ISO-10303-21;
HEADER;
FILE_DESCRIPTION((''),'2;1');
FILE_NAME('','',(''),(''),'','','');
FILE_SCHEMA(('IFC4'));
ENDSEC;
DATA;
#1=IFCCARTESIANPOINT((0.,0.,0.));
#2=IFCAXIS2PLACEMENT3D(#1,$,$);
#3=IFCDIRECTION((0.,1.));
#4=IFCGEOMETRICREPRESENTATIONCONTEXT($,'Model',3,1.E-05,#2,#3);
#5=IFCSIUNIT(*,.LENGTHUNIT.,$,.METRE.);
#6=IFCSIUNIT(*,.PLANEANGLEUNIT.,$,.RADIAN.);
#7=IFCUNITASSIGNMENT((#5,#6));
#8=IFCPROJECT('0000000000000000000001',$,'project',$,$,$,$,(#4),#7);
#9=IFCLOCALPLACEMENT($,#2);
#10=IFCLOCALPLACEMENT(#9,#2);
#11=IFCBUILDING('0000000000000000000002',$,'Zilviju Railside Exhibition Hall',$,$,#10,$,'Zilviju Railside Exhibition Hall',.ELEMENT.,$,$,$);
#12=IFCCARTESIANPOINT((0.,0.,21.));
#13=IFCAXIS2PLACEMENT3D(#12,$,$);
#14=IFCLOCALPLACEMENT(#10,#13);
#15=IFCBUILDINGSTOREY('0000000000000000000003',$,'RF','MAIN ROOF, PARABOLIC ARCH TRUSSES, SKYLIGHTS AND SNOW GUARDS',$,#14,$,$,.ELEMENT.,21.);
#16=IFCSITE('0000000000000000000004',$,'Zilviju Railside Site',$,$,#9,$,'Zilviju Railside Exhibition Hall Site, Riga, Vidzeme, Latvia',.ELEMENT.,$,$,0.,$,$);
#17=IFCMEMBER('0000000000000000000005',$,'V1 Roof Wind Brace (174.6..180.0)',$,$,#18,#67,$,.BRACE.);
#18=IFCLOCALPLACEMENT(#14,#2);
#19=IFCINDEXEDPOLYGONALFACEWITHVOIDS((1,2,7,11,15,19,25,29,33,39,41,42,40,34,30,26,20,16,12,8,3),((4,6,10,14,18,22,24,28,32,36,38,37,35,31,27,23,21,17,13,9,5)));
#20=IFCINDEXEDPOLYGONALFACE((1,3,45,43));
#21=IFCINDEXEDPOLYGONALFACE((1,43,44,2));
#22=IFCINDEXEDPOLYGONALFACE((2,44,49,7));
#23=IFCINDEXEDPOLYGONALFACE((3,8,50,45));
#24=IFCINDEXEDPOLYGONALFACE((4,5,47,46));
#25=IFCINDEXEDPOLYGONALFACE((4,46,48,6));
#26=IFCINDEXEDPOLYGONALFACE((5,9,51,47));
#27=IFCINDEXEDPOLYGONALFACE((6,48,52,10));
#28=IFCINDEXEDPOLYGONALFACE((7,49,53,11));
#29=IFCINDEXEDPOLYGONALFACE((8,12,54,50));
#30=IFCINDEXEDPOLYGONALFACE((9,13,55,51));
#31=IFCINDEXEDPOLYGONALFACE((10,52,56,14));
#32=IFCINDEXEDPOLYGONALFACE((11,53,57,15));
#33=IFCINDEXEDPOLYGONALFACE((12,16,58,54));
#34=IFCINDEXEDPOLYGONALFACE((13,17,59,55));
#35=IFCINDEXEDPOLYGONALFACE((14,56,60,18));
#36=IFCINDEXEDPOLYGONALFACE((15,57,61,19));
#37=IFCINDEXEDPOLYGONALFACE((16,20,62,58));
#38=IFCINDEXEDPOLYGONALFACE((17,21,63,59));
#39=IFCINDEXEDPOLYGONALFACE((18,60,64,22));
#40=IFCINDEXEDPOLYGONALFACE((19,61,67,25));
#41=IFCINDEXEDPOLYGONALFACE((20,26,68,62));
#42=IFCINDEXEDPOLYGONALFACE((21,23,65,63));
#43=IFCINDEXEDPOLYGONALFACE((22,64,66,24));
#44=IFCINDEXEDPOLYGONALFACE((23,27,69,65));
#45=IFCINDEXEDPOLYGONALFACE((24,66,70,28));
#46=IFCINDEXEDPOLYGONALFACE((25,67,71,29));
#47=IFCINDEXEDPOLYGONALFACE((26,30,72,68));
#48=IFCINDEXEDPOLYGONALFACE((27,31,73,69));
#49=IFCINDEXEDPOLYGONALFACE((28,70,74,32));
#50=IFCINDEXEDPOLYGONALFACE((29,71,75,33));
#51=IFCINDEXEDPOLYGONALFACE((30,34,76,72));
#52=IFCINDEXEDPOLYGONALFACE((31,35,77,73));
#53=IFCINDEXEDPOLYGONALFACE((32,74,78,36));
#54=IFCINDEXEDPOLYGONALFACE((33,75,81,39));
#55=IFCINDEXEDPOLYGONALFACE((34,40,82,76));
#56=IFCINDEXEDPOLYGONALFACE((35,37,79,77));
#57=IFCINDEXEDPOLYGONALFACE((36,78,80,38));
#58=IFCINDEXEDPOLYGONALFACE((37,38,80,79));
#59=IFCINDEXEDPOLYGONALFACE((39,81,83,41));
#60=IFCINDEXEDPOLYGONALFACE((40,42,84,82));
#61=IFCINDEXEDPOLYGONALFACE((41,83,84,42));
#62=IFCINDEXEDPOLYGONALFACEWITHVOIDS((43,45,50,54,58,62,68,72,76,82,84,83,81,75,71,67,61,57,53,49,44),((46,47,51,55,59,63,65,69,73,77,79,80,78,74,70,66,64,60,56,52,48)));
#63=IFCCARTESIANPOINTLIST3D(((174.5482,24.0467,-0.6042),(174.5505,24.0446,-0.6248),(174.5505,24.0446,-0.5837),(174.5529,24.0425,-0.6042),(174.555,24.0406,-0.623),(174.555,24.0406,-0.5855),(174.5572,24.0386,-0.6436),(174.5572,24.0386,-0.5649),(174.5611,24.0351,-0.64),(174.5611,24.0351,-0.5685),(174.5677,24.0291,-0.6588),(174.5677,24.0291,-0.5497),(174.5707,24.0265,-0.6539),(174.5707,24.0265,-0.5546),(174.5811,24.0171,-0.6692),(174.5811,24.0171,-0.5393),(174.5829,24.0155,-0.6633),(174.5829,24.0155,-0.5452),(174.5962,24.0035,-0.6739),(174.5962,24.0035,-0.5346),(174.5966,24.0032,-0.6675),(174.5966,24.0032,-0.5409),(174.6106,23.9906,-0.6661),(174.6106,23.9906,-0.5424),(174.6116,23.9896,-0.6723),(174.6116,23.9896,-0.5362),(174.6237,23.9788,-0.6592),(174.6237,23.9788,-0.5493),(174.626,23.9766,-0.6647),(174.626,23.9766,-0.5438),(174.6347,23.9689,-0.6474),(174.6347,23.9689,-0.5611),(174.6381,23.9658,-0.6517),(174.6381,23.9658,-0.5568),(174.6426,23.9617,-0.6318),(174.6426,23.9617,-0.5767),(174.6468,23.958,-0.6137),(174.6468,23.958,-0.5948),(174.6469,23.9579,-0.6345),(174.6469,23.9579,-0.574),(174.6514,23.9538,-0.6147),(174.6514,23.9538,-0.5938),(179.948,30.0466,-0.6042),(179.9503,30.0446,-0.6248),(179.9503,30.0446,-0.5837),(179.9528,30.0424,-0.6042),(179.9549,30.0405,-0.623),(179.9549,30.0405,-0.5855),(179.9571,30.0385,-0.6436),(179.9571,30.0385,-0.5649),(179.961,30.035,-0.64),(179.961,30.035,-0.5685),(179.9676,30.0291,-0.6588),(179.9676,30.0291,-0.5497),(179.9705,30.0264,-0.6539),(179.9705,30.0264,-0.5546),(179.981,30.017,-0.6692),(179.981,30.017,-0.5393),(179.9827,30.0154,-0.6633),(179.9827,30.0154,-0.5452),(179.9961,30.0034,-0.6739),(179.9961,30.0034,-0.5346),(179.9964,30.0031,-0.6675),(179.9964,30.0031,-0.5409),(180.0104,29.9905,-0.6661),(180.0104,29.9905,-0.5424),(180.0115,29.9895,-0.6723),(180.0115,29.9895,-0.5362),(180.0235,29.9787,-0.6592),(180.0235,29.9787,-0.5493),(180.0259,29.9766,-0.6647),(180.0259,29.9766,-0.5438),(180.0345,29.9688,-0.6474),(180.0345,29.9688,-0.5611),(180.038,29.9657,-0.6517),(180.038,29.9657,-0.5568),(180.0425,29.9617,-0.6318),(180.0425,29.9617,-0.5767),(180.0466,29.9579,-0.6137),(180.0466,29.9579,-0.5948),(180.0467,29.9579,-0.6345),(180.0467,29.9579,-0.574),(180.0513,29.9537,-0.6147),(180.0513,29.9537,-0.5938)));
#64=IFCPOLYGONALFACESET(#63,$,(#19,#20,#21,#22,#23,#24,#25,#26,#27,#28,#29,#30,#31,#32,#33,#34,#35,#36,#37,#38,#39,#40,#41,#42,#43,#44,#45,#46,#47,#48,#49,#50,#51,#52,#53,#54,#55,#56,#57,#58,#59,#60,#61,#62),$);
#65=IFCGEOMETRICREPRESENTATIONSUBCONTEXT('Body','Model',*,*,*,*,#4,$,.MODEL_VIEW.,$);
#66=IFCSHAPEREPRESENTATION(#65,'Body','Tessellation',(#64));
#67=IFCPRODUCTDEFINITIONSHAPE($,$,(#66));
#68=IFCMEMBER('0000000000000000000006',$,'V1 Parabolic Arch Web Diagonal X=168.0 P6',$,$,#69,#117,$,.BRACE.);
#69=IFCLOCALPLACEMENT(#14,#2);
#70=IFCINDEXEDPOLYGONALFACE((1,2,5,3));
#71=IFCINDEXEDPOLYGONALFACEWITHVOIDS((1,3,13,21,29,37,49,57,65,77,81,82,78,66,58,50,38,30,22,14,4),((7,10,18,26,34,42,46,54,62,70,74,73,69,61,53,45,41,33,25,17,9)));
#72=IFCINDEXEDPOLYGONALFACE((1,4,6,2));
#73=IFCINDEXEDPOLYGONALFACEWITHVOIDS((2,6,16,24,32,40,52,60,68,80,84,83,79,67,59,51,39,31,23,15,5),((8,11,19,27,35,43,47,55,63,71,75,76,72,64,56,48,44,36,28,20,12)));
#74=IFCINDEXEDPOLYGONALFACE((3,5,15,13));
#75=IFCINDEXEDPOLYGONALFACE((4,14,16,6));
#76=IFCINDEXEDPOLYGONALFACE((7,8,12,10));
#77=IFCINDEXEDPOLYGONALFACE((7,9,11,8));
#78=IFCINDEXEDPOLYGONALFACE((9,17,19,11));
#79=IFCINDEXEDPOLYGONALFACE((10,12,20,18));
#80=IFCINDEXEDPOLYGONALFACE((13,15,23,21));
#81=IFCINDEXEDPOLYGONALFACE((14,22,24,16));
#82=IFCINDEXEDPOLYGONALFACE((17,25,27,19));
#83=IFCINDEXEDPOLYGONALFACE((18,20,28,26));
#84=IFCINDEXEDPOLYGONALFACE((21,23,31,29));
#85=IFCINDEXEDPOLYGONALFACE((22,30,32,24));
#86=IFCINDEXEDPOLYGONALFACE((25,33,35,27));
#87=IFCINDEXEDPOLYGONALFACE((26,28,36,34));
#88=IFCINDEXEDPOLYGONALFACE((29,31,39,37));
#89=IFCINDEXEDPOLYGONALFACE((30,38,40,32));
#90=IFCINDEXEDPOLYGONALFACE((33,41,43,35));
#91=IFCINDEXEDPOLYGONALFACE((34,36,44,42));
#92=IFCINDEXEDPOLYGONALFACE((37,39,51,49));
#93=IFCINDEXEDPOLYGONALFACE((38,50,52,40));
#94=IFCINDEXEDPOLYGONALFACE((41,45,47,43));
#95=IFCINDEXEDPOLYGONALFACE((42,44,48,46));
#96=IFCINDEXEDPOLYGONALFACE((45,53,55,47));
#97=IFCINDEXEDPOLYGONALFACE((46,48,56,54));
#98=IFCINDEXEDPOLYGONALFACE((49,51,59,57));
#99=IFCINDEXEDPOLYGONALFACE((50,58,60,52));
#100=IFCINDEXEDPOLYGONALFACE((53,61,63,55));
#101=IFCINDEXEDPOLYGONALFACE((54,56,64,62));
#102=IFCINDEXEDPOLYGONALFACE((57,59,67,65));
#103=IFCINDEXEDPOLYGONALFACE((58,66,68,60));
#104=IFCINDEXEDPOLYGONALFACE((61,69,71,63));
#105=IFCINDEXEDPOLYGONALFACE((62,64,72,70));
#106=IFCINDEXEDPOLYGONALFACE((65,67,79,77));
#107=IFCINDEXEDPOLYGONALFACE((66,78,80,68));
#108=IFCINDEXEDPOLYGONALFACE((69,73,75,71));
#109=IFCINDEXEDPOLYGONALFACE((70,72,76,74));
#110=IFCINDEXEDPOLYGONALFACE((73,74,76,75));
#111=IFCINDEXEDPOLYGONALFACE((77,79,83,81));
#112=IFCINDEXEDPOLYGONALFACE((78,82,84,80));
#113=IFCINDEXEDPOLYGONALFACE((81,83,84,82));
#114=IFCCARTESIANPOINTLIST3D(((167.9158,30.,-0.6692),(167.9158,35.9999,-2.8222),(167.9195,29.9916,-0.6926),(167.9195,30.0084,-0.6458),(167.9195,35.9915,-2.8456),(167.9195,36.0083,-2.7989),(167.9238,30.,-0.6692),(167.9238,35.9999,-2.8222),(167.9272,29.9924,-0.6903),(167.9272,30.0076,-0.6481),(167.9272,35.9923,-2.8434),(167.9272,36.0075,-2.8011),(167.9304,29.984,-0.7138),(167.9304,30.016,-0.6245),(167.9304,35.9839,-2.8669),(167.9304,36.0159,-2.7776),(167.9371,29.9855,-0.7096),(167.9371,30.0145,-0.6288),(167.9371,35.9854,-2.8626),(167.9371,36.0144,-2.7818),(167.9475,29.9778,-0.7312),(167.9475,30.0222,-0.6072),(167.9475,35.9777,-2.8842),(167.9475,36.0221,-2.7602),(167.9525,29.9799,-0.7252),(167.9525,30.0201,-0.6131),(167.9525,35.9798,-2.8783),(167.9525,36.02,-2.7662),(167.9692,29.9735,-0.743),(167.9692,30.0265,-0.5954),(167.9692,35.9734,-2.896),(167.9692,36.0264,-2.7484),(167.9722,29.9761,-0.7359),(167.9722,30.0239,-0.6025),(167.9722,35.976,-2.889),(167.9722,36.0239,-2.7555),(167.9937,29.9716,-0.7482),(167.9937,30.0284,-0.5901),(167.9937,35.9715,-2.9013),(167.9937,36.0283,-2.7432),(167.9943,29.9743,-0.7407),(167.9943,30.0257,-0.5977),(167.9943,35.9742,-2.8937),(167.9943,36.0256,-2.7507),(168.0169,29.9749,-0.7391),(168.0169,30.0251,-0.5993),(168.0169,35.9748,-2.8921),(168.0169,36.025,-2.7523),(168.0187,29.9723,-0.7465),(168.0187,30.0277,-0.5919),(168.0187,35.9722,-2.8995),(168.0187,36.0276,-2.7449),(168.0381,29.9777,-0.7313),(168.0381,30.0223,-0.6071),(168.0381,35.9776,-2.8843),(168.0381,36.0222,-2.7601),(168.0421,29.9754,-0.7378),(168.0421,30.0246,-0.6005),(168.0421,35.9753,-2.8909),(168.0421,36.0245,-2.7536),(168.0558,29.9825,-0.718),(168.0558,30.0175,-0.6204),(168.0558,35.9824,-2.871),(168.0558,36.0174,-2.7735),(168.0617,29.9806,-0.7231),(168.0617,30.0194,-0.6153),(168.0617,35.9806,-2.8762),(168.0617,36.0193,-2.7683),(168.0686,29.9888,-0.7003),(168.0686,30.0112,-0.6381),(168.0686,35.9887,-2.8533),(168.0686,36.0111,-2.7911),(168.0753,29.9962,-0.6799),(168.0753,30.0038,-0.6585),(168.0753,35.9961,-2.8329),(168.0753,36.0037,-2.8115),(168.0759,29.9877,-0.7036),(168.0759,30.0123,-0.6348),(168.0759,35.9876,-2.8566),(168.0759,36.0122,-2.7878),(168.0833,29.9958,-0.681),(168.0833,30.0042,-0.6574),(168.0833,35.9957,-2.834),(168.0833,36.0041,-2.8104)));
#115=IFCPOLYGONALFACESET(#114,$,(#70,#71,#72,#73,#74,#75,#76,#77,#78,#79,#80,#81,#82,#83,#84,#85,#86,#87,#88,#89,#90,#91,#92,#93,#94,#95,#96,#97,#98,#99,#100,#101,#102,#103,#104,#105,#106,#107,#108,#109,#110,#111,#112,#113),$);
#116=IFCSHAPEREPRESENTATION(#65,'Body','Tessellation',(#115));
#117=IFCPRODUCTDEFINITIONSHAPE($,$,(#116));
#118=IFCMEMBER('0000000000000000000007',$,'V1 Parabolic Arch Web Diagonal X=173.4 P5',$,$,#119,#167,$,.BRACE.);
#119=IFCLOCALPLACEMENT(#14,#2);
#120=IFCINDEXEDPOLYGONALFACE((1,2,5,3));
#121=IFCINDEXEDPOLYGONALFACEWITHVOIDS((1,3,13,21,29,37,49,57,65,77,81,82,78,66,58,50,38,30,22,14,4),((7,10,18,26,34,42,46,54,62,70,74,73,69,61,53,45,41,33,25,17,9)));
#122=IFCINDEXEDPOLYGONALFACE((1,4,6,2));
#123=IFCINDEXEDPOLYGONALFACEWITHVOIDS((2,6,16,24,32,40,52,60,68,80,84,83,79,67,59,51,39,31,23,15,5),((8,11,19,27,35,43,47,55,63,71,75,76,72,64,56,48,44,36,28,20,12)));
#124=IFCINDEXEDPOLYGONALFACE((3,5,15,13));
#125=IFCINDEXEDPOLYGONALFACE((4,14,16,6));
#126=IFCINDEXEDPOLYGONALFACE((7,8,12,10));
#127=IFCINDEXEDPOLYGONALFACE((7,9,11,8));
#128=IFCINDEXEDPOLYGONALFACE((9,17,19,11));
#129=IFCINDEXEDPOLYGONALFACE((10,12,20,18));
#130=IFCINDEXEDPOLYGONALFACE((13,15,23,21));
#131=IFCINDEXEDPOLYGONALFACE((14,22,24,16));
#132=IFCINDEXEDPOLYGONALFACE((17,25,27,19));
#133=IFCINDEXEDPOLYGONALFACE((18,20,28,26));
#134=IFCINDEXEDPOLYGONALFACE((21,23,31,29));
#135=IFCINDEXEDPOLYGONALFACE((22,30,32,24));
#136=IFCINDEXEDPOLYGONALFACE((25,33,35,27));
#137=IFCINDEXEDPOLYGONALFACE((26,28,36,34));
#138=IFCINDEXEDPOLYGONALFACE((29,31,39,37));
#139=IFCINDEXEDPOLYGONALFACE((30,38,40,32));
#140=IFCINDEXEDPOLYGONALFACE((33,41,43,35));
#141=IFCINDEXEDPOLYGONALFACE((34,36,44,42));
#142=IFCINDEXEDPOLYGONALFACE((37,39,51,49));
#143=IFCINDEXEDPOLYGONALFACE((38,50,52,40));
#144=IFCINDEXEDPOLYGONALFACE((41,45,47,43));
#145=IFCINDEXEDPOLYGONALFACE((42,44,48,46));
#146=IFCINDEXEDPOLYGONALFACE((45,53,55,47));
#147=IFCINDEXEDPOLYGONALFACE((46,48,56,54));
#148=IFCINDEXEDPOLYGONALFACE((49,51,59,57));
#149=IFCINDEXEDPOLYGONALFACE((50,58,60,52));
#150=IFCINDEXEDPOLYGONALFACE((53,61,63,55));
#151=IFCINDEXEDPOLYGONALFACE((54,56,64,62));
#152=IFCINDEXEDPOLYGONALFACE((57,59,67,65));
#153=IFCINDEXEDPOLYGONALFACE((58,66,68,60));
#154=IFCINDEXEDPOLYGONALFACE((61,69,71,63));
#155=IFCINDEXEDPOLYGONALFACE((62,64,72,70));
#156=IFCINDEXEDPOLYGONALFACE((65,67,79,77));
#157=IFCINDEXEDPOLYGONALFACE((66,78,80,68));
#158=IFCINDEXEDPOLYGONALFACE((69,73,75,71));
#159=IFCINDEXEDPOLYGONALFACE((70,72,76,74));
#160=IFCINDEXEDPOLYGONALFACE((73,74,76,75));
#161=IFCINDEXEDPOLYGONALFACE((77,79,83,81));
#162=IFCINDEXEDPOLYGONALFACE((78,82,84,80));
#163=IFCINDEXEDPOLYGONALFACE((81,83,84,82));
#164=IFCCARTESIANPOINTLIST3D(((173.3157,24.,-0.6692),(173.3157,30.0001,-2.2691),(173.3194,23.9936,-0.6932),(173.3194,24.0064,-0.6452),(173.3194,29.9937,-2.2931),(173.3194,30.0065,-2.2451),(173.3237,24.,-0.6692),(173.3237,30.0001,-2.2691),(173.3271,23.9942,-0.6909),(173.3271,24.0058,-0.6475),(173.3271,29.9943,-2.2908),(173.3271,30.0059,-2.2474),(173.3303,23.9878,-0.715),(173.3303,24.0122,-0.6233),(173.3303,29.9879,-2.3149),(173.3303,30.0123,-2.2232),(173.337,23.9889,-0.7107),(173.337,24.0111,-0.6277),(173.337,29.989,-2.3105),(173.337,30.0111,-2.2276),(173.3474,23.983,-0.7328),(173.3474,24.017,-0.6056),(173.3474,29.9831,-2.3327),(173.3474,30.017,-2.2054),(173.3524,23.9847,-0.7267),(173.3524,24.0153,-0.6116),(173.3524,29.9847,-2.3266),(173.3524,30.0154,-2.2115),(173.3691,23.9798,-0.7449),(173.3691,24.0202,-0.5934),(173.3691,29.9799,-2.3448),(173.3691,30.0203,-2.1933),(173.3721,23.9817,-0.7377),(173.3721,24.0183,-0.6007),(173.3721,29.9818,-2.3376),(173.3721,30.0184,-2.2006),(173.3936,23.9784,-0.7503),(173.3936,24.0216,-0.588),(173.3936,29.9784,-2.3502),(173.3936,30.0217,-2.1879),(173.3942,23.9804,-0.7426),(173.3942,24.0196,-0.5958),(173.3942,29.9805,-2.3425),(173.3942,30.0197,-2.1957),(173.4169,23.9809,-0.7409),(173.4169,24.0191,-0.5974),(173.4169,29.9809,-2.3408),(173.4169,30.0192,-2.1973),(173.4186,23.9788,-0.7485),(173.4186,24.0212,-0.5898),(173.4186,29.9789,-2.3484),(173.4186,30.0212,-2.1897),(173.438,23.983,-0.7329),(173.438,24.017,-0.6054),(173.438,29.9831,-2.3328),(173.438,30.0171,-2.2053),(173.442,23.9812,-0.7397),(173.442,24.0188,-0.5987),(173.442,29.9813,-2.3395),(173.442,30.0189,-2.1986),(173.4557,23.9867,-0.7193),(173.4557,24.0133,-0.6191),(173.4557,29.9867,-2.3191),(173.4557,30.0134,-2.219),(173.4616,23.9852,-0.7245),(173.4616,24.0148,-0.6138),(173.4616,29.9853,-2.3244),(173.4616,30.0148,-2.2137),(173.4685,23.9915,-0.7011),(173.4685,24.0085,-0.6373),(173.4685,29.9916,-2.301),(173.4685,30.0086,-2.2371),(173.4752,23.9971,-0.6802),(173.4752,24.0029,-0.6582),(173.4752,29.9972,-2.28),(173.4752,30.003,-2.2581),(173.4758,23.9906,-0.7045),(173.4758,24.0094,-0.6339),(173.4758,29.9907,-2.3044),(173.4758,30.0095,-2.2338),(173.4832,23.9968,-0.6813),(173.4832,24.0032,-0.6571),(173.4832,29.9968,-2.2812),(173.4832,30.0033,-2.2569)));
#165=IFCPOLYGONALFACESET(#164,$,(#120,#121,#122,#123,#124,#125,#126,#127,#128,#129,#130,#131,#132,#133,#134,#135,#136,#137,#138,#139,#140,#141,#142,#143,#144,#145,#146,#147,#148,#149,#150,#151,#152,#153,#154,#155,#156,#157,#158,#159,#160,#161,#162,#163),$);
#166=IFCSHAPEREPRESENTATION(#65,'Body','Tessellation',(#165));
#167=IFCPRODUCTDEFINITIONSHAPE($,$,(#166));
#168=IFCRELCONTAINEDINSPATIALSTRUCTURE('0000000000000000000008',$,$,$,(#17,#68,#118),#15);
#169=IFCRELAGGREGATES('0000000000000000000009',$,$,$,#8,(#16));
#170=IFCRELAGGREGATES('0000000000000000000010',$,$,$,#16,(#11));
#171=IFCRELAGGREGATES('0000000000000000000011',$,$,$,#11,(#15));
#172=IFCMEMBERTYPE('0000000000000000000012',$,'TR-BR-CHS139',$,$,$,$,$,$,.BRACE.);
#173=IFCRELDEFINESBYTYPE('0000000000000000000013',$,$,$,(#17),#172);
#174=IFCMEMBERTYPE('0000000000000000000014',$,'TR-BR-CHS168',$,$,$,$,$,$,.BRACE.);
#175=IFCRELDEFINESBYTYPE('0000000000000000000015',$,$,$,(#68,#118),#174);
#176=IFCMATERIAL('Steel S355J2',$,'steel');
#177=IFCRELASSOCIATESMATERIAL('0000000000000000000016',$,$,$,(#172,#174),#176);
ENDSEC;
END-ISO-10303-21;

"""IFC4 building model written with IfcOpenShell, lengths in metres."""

from ifc_helpers import new_model, si_unit, direction, frame, origin, origin_2d, place, context, subcontext, project, spatial, hollow_circle, extrude, material, material_profile, profile_set, type_object, element, save


model = new_model("IFC4")

# Units and contexts
model_context = context("Model", 3, precision=1e-05, world=origin(), true_north=direction((0.0, 1.0)))
body_context = subcontext(model_context, "Body", "Model", "MODEL_VIEW")
ifc_project = project(units=[si_unit("LENGTHUNIT", "METRE"), si_unit("PLANEANGLEUNIT", "RADIAN")], contexts=[model_context])

# Site, building, storey
site_placement = place(None, origin())
site = spatial("IfcSite", under=ifc_project, at=site_placement, Name="Zilviju Railside Site", LongName="Zilviju Railside Exhibition Hall Site, Riga, Vidzeme, Latvia", CompositionType="ELEMENT", RefElevation=0.0)
building_placement = place(site_placement, origin())
building = spatial("IfcBuilding", under=site, at=building_placement, Name="Zilviju Railside Exhibition Hall", LongName="Zilviju Railside Exhibition Hall", CompositionType="ELEMENT")
storey_placement = place(building_placement, frame((0.0, 0.0, 21.0)))
storey = spatial("IfcBuildingStorey", under=building, at=storey_placement, Name="RF", Description="MAIN ROOF, PARABOLIC ARCH TRUSSES, SKYLIGHTS AND SNOW GUARDS", CompositionType="ELEMENT", Elevation=21.0)

# Members
ifc_material_1 = material(Name="Steel S355J2", Category="steel")
ifc_material_profile_1 = material_profile(ifc_material_1, hollow_circle(Radius=0.0698, WallThickness=0.0063, at=origin_2d()), Name="CHS 139.7x6.3")
ifc_profile_set_1 = profile_set([ifc_material_profile_1], Name="Steel S355J2")
member_type_1 = type_object("IfcMemberType", Name="TR-BR-CHS139", PredefinedType="BRACE", material=ifc_profile_set_1)
member_1_placement = place(storey_placement, frame((174.6001, 24.0, -0.6042), z_axis=(0.668958, 0.7433, 0.0), x_axis=(-0.7433, 0.668958, 0.0)))
element("IfcMember", 1, at=member_1_placement, inside=storey, type_object=member_type_1, Name="V1 Roof Wind Brace (174.6..180.0)", PredefinedType="BRACE", context=body_context, shape_type="SweptSolid", body=[
    extrude(hollow_circle(Radius=0.0698, WallThickness=0.0063, at=origin_2d()), origin(), (0.0, 0.0, 1.0), 8.072),
])
ifc_material_profile_2 = material_profile(ifc_material_1, hollow_circle(Radius=0.0842, WallThickness=0.0081, at=origin_2d()), Name="CHS 168.3x8.0")
ifc_profile_set_2 = profile_set([ifc_material_profile_2], Name="Steel S355J2")
member_type_2 = type_object("IfcMemberType", Name="TR-BR-CHS168", PredefinedType="BRACE", material=ifc_profile_set_2)
member_2_placement = place(storey_placement, frame((168.0, 30.0, -0.6692), z_axis=(0.0, 0.941233, -0.337758), x_axis=(-1.0, 0.0, 0.0)))
element("IfcMember", 2, at=member_2_placement, inside=storey, type_object=member_type_2, Name="V1 Parabolic Arch Web Diagonal X=168.0 P6", PredefinedType="BRACE", context=body_context, shape_type="SweptSolid", body=[
    extrude(hollow_circle(Radius=0.0842, WallThickness=0.0081, at=origin_2d()), origin(), (0.0, 0.0, 1.0), 6.3745),
])
member_3_placement = place(storey_placement, frame((173.3999, 24.0, -0.6692), z_axis=(0.0, 0.966241, -0.257641), x_axis=(-1.0, 0.0, 0.0)))
element("IfcMember", 3, at=member_3_placement, inside=storey, type_object=member_type_2, Name="V1 Parabolic Arch Web Diagonal X=173.4 P5", PredefinedType="BRACE", context=body_context, shape_type="SweptSolid", body=[
    extrude(hollow_circle(Radius=0.0842, WallThickness=0.0081, at=origin_2d()), origin(), (0.0, 0.0, 1.0), 6.2097),
])

save(model, "model.ifc")
